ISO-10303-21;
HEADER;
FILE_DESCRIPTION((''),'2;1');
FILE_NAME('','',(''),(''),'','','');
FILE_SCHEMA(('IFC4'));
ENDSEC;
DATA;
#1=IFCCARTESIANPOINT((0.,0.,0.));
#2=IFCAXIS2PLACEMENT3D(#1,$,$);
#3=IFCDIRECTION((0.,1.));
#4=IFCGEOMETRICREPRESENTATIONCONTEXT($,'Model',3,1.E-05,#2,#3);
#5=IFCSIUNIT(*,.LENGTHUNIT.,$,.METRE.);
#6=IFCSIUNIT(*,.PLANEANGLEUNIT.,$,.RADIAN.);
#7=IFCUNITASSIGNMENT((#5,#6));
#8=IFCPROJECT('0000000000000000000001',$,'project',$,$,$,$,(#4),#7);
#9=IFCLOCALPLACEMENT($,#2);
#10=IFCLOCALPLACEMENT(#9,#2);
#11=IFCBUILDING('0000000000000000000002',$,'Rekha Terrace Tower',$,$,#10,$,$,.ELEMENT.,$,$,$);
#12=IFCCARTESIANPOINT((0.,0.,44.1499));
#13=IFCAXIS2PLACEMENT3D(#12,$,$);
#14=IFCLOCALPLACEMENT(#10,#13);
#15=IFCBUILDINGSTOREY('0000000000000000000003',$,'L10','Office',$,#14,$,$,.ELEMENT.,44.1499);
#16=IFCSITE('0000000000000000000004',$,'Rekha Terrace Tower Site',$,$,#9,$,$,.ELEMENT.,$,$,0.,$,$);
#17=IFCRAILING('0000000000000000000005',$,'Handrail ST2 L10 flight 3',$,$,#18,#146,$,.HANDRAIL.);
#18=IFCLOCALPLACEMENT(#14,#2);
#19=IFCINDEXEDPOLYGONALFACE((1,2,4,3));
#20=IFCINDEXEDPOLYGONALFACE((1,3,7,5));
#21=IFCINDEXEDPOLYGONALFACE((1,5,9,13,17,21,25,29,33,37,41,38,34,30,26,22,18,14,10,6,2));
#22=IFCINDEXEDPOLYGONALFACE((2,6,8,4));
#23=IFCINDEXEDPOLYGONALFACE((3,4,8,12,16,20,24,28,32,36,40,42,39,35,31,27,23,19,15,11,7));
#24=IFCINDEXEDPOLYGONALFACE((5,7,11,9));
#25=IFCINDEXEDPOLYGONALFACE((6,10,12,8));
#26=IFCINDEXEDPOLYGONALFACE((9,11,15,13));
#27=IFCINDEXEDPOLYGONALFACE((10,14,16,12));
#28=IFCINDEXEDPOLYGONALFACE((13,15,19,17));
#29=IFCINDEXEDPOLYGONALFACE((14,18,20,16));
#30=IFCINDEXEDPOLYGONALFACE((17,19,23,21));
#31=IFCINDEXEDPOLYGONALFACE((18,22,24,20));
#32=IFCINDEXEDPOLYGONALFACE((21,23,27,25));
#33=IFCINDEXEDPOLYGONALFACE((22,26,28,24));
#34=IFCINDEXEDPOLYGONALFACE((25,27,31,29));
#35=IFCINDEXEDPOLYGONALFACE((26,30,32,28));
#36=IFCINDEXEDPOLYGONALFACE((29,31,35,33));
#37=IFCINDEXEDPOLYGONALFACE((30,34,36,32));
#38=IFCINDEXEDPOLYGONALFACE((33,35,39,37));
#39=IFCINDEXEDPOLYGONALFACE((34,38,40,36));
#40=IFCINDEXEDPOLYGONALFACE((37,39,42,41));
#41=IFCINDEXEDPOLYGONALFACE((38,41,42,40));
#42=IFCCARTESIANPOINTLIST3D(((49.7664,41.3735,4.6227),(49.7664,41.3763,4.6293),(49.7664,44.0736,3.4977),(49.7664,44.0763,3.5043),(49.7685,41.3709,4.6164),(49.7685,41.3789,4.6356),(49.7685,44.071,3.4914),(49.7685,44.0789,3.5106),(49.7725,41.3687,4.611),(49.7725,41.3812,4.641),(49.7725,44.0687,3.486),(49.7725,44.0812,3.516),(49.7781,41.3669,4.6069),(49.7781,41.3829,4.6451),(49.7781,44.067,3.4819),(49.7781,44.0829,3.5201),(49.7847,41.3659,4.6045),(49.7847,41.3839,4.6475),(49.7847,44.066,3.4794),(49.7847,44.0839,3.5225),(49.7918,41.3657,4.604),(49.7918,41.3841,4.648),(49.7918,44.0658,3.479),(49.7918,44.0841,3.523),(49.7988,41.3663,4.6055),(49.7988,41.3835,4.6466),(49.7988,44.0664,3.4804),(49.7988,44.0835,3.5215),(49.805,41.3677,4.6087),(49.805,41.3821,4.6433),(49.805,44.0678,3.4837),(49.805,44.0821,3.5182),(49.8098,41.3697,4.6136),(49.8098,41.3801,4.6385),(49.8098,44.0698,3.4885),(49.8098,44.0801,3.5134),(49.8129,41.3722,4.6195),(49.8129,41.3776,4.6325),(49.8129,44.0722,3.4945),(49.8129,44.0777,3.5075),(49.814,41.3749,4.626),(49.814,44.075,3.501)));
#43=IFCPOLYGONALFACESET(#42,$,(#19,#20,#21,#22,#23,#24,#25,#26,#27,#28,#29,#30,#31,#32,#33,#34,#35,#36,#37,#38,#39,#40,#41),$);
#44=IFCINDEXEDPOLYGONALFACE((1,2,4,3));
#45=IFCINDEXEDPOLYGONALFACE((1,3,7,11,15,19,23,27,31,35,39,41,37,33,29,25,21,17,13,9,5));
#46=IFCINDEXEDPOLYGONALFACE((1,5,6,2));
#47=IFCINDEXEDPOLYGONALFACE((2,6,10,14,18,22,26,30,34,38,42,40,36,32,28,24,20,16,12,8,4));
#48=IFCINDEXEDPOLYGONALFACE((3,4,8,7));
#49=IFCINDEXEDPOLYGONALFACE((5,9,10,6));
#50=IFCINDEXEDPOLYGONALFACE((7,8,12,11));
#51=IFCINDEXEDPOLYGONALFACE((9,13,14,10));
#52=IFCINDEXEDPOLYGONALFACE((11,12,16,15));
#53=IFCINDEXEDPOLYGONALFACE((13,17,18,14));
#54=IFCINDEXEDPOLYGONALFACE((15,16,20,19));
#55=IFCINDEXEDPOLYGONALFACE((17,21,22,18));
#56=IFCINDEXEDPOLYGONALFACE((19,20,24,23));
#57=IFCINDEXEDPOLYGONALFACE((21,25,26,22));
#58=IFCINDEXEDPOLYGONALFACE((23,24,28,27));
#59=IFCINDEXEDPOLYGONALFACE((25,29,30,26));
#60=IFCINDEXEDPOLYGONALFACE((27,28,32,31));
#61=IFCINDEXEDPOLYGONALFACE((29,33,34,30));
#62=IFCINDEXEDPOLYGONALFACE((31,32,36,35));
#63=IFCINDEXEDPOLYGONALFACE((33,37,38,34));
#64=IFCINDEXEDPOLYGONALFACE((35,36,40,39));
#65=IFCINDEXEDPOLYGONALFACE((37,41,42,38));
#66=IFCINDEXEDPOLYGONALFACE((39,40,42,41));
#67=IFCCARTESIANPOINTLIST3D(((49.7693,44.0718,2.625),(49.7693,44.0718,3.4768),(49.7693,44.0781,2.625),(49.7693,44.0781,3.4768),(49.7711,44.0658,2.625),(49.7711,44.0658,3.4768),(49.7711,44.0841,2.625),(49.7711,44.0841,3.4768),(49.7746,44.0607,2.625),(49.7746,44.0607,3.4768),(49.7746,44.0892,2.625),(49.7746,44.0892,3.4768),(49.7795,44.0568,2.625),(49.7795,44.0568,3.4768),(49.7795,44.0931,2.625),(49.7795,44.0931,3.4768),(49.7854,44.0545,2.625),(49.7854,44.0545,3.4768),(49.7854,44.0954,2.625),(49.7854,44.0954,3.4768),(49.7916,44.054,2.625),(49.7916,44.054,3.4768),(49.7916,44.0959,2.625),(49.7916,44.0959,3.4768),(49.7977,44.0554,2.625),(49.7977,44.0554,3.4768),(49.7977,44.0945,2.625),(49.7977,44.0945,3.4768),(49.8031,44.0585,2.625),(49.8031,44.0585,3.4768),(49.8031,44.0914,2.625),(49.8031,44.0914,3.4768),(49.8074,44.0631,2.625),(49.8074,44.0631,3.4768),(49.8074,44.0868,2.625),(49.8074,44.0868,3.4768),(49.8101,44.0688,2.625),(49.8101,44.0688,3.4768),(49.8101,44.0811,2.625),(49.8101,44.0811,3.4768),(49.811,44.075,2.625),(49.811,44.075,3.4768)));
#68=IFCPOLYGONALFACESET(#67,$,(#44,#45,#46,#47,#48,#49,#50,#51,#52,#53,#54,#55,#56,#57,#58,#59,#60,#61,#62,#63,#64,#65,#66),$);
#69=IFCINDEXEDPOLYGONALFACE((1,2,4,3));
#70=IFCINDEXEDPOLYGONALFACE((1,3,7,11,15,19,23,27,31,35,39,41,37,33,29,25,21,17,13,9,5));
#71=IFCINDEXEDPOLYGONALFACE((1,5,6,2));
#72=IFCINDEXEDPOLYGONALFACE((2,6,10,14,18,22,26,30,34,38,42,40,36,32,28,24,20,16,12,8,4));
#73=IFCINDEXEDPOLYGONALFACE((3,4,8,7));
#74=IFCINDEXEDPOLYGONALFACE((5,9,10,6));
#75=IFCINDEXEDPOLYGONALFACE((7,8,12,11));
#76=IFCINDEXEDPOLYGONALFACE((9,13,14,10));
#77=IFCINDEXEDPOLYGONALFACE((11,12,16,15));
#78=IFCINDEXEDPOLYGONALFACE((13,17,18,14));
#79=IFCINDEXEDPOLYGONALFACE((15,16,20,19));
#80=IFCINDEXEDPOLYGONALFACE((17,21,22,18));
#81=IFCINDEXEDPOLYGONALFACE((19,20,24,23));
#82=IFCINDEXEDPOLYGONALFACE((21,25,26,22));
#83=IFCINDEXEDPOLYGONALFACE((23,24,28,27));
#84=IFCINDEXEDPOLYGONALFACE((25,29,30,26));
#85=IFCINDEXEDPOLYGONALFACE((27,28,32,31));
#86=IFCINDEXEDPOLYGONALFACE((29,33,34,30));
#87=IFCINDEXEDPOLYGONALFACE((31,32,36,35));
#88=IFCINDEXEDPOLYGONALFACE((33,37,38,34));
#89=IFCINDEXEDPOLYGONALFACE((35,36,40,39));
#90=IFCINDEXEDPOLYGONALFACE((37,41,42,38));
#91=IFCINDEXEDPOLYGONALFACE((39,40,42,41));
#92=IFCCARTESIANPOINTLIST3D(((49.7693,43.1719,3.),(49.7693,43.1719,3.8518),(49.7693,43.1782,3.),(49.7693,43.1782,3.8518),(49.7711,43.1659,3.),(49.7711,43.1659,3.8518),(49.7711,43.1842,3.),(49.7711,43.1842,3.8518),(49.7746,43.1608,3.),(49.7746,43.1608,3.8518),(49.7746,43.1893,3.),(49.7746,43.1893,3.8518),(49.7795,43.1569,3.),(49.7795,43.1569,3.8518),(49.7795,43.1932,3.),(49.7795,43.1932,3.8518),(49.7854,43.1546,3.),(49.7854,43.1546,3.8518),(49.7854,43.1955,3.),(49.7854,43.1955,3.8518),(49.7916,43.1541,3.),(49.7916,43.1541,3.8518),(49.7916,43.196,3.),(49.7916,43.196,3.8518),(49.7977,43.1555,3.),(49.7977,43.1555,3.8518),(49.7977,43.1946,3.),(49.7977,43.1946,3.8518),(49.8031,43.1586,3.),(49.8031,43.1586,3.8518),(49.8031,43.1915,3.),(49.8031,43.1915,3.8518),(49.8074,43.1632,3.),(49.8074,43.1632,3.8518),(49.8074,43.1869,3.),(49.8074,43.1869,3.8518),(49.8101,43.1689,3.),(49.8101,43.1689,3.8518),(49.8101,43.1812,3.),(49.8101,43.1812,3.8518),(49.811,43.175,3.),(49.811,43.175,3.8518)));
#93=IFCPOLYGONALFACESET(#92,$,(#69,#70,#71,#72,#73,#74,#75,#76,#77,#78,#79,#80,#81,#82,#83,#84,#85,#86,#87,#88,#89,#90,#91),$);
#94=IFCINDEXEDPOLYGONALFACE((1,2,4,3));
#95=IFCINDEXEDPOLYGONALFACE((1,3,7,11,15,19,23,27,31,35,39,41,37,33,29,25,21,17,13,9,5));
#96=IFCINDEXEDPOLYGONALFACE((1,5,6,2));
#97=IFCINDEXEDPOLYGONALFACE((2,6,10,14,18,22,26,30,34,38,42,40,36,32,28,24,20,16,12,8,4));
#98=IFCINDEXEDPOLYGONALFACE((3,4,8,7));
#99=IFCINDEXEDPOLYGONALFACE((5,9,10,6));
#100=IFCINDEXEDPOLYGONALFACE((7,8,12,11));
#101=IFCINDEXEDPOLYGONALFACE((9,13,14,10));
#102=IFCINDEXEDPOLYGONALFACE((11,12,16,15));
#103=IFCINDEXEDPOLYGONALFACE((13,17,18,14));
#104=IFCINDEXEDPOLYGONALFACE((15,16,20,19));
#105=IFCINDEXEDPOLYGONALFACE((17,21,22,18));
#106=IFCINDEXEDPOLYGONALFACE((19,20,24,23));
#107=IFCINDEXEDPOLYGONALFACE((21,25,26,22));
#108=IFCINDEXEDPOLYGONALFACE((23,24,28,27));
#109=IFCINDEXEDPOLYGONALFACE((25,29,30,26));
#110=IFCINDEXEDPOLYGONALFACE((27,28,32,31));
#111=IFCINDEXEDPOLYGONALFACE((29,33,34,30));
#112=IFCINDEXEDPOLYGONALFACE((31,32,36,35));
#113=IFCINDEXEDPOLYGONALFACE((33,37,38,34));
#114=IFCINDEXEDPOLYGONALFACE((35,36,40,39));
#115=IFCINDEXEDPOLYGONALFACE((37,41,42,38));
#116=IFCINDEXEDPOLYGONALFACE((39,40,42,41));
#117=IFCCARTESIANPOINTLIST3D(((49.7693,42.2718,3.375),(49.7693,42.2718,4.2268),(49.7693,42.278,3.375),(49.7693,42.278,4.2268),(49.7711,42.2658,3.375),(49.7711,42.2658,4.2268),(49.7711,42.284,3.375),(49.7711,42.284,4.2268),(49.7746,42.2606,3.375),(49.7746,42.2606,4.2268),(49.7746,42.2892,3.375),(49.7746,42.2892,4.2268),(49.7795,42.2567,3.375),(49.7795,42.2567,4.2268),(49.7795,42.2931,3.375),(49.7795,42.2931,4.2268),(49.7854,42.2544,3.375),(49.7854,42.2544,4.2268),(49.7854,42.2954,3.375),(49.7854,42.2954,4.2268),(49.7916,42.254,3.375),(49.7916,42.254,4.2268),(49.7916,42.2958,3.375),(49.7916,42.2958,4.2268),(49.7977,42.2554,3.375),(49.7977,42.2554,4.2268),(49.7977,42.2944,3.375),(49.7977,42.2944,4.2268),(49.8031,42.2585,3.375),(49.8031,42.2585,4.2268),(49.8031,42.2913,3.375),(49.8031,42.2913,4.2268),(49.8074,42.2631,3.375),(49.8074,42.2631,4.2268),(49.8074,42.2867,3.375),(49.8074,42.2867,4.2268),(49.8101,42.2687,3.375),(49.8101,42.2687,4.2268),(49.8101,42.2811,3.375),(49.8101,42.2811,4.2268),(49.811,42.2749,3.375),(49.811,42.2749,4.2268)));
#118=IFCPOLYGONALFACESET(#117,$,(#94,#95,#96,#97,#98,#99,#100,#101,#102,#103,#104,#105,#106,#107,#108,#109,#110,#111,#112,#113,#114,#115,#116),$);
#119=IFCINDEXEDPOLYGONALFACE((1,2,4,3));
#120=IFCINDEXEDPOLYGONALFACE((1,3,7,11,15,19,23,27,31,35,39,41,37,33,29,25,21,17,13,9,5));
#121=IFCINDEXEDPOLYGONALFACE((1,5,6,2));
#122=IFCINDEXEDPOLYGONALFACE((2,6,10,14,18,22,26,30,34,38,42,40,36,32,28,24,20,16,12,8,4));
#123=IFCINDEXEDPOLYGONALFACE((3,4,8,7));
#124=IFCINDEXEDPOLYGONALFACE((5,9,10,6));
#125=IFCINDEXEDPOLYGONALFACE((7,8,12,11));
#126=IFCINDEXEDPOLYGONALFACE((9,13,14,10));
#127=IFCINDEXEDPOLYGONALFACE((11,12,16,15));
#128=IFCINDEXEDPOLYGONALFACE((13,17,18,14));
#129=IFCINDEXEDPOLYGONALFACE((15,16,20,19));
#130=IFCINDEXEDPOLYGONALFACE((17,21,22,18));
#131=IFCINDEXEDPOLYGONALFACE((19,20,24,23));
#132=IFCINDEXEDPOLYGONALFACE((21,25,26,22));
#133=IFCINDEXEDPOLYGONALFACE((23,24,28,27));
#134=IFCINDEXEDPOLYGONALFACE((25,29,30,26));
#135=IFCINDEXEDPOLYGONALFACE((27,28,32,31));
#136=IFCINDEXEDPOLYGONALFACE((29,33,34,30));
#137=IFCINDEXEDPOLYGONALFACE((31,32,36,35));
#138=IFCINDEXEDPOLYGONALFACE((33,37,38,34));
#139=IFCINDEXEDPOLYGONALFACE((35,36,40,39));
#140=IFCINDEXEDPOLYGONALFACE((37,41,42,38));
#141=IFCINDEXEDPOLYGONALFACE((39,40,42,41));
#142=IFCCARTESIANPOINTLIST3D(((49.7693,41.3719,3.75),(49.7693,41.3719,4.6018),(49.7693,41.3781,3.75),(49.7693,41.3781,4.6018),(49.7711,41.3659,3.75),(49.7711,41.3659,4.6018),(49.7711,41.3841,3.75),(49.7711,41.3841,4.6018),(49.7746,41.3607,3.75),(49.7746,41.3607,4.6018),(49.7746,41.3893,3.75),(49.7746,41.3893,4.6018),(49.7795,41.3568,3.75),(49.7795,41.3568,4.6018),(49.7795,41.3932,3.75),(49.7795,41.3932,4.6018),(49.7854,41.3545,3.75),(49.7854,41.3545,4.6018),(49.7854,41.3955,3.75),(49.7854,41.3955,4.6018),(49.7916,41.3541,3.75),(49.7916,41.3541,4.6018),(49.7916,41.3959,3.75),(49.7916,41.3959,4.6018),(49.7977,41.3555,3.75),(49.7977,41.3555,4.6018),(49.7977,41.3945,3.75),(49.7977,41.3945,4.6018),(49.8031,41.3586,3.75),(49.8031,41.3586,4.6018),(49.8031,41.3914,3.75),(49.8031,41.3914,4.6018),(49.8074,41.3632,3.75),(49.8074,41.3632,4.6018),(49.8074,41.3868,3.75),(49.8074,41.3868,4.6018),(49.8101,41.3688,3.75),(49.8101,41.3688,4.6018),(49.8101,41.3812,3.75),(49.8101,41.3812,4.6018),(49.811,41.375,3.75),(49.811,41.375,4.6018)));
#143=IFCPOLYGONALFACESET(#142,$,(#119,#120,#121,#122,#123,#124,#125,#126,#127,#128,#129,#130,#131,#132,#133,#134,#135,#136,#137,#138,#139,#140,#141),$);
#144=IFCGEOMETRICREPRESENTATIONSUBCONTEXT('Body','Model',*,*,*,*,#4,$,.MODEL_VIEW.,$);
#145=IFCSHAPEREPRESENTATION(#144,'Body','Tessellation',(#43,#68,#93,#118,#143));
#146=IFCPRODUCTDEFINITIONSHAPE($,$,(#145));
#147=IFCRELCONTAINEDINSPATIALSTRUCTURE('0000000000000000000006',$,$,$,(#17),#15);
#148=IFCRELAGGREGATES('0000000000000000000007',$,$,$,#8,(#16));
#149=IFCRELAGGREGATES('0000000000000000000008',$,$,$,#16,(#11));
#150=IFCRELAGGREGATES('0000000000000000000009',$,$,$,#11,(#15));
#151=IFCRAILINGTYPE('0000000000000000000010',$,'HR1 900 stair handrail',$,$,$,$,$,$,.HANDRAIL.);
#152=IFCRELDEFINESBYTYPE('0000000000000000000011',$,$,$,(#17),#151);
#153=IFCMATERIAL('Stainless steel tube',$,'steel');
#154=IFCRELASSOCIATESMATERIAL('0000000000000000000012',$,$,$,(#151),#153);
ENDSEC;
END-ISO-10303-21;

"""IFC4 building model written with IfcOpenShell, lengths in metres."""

from ifc_helpers import new_model, si_unit, direction, frame, origin, origin_2d, place, context, subcontext, project, spatial, circle, extrude, material, type_object, element, save


model = new_model("IFC4")

# Units and contexts
model_context = context("Model", 3, precision=1e-05, world=origin(), true_north=direction((0.0, 1.0)))
body_context = subcontext(model_context, "Body", "Model", "MODEL_VIEW")
ifc_project = project(units=[si_unit("LENGTHUNIT", "METRE"), si_unit("PLANEANGLEUNIT", "RADIAN")], contexts=[model_context])

# Site, building, storey
site_placement = place(None, origin())
site = spatial("IfcSite", under=ifc_project, at=site_placement, Name="Rekha Terrace Tower Site", CompositionType="ELEMENT", RefElevation=0.0)
building_placement = place(site_placement, origin())
building = spatial("IfcBuilding", under=site, at=building_placement, Name="Rekha Terrace Tower", CompositionType="ELEMENT")
storey_placement = place(building_placement, frame((0.0, 0.0, 44.1499)))
storey = spatial("IfcBuildingStorey", under=building, at=storey_placement, Name="L10", Description="Office", CompositionType="ELEMENT", Elevation=44.1499)

# Railing
ifc_material_1 = material(Name="Stainless steel tube", Category="steel")
railing_type_1 = type_object("IfcRailingType", Name="HR1 900 stair handrail", PredefinedType="HANDRAIL", material=ifc_material_1)
railing_1_placement = place(storey_placement, frame((49.79, 44.075, 2.625)))
element("IfcRailing", 1, at=railing_1_placement, inside=storey, type_object=railing_type_1, Name="Handrail ST2 L10 flight 3", PredefinedType="HANDRAIL", context=body_context, shape_type="SweptSolid", body=[
    extrude(circle(Radius=0.0239, at=origin_2d()), frame((0.0, 0.0, 0.876), z_axis=(0.0, -0.923074, 0.384621), x_axis=(1.0, 0.0, 0.0)), (0.0, 0.0, 1.0), 2.925),
    extrude(circle(Radius=0.021, at=origin_2d()), origin(), (0.0, 0.0, 1.0), 0.8518),
    extrude(circle(Radius=0.021, at=origin_2d()), frame((0.0, -0.8999, 0.375)), (0.0, 0.0, 1.0), 0.8518),
    extrude(circle(Radius=0.021, at=origin_2d()), frame((0.0, -1.8, 0.75)), (0.0, 0.0, 1.0), 0.8518),
    extrude(circle(Radius=0.021, at=origin_2d()), frame((0.0, -2.7, 1.125)), (0.0, 0.0, 1.0), 0.8518),
])

save(model, "model.ifc")
